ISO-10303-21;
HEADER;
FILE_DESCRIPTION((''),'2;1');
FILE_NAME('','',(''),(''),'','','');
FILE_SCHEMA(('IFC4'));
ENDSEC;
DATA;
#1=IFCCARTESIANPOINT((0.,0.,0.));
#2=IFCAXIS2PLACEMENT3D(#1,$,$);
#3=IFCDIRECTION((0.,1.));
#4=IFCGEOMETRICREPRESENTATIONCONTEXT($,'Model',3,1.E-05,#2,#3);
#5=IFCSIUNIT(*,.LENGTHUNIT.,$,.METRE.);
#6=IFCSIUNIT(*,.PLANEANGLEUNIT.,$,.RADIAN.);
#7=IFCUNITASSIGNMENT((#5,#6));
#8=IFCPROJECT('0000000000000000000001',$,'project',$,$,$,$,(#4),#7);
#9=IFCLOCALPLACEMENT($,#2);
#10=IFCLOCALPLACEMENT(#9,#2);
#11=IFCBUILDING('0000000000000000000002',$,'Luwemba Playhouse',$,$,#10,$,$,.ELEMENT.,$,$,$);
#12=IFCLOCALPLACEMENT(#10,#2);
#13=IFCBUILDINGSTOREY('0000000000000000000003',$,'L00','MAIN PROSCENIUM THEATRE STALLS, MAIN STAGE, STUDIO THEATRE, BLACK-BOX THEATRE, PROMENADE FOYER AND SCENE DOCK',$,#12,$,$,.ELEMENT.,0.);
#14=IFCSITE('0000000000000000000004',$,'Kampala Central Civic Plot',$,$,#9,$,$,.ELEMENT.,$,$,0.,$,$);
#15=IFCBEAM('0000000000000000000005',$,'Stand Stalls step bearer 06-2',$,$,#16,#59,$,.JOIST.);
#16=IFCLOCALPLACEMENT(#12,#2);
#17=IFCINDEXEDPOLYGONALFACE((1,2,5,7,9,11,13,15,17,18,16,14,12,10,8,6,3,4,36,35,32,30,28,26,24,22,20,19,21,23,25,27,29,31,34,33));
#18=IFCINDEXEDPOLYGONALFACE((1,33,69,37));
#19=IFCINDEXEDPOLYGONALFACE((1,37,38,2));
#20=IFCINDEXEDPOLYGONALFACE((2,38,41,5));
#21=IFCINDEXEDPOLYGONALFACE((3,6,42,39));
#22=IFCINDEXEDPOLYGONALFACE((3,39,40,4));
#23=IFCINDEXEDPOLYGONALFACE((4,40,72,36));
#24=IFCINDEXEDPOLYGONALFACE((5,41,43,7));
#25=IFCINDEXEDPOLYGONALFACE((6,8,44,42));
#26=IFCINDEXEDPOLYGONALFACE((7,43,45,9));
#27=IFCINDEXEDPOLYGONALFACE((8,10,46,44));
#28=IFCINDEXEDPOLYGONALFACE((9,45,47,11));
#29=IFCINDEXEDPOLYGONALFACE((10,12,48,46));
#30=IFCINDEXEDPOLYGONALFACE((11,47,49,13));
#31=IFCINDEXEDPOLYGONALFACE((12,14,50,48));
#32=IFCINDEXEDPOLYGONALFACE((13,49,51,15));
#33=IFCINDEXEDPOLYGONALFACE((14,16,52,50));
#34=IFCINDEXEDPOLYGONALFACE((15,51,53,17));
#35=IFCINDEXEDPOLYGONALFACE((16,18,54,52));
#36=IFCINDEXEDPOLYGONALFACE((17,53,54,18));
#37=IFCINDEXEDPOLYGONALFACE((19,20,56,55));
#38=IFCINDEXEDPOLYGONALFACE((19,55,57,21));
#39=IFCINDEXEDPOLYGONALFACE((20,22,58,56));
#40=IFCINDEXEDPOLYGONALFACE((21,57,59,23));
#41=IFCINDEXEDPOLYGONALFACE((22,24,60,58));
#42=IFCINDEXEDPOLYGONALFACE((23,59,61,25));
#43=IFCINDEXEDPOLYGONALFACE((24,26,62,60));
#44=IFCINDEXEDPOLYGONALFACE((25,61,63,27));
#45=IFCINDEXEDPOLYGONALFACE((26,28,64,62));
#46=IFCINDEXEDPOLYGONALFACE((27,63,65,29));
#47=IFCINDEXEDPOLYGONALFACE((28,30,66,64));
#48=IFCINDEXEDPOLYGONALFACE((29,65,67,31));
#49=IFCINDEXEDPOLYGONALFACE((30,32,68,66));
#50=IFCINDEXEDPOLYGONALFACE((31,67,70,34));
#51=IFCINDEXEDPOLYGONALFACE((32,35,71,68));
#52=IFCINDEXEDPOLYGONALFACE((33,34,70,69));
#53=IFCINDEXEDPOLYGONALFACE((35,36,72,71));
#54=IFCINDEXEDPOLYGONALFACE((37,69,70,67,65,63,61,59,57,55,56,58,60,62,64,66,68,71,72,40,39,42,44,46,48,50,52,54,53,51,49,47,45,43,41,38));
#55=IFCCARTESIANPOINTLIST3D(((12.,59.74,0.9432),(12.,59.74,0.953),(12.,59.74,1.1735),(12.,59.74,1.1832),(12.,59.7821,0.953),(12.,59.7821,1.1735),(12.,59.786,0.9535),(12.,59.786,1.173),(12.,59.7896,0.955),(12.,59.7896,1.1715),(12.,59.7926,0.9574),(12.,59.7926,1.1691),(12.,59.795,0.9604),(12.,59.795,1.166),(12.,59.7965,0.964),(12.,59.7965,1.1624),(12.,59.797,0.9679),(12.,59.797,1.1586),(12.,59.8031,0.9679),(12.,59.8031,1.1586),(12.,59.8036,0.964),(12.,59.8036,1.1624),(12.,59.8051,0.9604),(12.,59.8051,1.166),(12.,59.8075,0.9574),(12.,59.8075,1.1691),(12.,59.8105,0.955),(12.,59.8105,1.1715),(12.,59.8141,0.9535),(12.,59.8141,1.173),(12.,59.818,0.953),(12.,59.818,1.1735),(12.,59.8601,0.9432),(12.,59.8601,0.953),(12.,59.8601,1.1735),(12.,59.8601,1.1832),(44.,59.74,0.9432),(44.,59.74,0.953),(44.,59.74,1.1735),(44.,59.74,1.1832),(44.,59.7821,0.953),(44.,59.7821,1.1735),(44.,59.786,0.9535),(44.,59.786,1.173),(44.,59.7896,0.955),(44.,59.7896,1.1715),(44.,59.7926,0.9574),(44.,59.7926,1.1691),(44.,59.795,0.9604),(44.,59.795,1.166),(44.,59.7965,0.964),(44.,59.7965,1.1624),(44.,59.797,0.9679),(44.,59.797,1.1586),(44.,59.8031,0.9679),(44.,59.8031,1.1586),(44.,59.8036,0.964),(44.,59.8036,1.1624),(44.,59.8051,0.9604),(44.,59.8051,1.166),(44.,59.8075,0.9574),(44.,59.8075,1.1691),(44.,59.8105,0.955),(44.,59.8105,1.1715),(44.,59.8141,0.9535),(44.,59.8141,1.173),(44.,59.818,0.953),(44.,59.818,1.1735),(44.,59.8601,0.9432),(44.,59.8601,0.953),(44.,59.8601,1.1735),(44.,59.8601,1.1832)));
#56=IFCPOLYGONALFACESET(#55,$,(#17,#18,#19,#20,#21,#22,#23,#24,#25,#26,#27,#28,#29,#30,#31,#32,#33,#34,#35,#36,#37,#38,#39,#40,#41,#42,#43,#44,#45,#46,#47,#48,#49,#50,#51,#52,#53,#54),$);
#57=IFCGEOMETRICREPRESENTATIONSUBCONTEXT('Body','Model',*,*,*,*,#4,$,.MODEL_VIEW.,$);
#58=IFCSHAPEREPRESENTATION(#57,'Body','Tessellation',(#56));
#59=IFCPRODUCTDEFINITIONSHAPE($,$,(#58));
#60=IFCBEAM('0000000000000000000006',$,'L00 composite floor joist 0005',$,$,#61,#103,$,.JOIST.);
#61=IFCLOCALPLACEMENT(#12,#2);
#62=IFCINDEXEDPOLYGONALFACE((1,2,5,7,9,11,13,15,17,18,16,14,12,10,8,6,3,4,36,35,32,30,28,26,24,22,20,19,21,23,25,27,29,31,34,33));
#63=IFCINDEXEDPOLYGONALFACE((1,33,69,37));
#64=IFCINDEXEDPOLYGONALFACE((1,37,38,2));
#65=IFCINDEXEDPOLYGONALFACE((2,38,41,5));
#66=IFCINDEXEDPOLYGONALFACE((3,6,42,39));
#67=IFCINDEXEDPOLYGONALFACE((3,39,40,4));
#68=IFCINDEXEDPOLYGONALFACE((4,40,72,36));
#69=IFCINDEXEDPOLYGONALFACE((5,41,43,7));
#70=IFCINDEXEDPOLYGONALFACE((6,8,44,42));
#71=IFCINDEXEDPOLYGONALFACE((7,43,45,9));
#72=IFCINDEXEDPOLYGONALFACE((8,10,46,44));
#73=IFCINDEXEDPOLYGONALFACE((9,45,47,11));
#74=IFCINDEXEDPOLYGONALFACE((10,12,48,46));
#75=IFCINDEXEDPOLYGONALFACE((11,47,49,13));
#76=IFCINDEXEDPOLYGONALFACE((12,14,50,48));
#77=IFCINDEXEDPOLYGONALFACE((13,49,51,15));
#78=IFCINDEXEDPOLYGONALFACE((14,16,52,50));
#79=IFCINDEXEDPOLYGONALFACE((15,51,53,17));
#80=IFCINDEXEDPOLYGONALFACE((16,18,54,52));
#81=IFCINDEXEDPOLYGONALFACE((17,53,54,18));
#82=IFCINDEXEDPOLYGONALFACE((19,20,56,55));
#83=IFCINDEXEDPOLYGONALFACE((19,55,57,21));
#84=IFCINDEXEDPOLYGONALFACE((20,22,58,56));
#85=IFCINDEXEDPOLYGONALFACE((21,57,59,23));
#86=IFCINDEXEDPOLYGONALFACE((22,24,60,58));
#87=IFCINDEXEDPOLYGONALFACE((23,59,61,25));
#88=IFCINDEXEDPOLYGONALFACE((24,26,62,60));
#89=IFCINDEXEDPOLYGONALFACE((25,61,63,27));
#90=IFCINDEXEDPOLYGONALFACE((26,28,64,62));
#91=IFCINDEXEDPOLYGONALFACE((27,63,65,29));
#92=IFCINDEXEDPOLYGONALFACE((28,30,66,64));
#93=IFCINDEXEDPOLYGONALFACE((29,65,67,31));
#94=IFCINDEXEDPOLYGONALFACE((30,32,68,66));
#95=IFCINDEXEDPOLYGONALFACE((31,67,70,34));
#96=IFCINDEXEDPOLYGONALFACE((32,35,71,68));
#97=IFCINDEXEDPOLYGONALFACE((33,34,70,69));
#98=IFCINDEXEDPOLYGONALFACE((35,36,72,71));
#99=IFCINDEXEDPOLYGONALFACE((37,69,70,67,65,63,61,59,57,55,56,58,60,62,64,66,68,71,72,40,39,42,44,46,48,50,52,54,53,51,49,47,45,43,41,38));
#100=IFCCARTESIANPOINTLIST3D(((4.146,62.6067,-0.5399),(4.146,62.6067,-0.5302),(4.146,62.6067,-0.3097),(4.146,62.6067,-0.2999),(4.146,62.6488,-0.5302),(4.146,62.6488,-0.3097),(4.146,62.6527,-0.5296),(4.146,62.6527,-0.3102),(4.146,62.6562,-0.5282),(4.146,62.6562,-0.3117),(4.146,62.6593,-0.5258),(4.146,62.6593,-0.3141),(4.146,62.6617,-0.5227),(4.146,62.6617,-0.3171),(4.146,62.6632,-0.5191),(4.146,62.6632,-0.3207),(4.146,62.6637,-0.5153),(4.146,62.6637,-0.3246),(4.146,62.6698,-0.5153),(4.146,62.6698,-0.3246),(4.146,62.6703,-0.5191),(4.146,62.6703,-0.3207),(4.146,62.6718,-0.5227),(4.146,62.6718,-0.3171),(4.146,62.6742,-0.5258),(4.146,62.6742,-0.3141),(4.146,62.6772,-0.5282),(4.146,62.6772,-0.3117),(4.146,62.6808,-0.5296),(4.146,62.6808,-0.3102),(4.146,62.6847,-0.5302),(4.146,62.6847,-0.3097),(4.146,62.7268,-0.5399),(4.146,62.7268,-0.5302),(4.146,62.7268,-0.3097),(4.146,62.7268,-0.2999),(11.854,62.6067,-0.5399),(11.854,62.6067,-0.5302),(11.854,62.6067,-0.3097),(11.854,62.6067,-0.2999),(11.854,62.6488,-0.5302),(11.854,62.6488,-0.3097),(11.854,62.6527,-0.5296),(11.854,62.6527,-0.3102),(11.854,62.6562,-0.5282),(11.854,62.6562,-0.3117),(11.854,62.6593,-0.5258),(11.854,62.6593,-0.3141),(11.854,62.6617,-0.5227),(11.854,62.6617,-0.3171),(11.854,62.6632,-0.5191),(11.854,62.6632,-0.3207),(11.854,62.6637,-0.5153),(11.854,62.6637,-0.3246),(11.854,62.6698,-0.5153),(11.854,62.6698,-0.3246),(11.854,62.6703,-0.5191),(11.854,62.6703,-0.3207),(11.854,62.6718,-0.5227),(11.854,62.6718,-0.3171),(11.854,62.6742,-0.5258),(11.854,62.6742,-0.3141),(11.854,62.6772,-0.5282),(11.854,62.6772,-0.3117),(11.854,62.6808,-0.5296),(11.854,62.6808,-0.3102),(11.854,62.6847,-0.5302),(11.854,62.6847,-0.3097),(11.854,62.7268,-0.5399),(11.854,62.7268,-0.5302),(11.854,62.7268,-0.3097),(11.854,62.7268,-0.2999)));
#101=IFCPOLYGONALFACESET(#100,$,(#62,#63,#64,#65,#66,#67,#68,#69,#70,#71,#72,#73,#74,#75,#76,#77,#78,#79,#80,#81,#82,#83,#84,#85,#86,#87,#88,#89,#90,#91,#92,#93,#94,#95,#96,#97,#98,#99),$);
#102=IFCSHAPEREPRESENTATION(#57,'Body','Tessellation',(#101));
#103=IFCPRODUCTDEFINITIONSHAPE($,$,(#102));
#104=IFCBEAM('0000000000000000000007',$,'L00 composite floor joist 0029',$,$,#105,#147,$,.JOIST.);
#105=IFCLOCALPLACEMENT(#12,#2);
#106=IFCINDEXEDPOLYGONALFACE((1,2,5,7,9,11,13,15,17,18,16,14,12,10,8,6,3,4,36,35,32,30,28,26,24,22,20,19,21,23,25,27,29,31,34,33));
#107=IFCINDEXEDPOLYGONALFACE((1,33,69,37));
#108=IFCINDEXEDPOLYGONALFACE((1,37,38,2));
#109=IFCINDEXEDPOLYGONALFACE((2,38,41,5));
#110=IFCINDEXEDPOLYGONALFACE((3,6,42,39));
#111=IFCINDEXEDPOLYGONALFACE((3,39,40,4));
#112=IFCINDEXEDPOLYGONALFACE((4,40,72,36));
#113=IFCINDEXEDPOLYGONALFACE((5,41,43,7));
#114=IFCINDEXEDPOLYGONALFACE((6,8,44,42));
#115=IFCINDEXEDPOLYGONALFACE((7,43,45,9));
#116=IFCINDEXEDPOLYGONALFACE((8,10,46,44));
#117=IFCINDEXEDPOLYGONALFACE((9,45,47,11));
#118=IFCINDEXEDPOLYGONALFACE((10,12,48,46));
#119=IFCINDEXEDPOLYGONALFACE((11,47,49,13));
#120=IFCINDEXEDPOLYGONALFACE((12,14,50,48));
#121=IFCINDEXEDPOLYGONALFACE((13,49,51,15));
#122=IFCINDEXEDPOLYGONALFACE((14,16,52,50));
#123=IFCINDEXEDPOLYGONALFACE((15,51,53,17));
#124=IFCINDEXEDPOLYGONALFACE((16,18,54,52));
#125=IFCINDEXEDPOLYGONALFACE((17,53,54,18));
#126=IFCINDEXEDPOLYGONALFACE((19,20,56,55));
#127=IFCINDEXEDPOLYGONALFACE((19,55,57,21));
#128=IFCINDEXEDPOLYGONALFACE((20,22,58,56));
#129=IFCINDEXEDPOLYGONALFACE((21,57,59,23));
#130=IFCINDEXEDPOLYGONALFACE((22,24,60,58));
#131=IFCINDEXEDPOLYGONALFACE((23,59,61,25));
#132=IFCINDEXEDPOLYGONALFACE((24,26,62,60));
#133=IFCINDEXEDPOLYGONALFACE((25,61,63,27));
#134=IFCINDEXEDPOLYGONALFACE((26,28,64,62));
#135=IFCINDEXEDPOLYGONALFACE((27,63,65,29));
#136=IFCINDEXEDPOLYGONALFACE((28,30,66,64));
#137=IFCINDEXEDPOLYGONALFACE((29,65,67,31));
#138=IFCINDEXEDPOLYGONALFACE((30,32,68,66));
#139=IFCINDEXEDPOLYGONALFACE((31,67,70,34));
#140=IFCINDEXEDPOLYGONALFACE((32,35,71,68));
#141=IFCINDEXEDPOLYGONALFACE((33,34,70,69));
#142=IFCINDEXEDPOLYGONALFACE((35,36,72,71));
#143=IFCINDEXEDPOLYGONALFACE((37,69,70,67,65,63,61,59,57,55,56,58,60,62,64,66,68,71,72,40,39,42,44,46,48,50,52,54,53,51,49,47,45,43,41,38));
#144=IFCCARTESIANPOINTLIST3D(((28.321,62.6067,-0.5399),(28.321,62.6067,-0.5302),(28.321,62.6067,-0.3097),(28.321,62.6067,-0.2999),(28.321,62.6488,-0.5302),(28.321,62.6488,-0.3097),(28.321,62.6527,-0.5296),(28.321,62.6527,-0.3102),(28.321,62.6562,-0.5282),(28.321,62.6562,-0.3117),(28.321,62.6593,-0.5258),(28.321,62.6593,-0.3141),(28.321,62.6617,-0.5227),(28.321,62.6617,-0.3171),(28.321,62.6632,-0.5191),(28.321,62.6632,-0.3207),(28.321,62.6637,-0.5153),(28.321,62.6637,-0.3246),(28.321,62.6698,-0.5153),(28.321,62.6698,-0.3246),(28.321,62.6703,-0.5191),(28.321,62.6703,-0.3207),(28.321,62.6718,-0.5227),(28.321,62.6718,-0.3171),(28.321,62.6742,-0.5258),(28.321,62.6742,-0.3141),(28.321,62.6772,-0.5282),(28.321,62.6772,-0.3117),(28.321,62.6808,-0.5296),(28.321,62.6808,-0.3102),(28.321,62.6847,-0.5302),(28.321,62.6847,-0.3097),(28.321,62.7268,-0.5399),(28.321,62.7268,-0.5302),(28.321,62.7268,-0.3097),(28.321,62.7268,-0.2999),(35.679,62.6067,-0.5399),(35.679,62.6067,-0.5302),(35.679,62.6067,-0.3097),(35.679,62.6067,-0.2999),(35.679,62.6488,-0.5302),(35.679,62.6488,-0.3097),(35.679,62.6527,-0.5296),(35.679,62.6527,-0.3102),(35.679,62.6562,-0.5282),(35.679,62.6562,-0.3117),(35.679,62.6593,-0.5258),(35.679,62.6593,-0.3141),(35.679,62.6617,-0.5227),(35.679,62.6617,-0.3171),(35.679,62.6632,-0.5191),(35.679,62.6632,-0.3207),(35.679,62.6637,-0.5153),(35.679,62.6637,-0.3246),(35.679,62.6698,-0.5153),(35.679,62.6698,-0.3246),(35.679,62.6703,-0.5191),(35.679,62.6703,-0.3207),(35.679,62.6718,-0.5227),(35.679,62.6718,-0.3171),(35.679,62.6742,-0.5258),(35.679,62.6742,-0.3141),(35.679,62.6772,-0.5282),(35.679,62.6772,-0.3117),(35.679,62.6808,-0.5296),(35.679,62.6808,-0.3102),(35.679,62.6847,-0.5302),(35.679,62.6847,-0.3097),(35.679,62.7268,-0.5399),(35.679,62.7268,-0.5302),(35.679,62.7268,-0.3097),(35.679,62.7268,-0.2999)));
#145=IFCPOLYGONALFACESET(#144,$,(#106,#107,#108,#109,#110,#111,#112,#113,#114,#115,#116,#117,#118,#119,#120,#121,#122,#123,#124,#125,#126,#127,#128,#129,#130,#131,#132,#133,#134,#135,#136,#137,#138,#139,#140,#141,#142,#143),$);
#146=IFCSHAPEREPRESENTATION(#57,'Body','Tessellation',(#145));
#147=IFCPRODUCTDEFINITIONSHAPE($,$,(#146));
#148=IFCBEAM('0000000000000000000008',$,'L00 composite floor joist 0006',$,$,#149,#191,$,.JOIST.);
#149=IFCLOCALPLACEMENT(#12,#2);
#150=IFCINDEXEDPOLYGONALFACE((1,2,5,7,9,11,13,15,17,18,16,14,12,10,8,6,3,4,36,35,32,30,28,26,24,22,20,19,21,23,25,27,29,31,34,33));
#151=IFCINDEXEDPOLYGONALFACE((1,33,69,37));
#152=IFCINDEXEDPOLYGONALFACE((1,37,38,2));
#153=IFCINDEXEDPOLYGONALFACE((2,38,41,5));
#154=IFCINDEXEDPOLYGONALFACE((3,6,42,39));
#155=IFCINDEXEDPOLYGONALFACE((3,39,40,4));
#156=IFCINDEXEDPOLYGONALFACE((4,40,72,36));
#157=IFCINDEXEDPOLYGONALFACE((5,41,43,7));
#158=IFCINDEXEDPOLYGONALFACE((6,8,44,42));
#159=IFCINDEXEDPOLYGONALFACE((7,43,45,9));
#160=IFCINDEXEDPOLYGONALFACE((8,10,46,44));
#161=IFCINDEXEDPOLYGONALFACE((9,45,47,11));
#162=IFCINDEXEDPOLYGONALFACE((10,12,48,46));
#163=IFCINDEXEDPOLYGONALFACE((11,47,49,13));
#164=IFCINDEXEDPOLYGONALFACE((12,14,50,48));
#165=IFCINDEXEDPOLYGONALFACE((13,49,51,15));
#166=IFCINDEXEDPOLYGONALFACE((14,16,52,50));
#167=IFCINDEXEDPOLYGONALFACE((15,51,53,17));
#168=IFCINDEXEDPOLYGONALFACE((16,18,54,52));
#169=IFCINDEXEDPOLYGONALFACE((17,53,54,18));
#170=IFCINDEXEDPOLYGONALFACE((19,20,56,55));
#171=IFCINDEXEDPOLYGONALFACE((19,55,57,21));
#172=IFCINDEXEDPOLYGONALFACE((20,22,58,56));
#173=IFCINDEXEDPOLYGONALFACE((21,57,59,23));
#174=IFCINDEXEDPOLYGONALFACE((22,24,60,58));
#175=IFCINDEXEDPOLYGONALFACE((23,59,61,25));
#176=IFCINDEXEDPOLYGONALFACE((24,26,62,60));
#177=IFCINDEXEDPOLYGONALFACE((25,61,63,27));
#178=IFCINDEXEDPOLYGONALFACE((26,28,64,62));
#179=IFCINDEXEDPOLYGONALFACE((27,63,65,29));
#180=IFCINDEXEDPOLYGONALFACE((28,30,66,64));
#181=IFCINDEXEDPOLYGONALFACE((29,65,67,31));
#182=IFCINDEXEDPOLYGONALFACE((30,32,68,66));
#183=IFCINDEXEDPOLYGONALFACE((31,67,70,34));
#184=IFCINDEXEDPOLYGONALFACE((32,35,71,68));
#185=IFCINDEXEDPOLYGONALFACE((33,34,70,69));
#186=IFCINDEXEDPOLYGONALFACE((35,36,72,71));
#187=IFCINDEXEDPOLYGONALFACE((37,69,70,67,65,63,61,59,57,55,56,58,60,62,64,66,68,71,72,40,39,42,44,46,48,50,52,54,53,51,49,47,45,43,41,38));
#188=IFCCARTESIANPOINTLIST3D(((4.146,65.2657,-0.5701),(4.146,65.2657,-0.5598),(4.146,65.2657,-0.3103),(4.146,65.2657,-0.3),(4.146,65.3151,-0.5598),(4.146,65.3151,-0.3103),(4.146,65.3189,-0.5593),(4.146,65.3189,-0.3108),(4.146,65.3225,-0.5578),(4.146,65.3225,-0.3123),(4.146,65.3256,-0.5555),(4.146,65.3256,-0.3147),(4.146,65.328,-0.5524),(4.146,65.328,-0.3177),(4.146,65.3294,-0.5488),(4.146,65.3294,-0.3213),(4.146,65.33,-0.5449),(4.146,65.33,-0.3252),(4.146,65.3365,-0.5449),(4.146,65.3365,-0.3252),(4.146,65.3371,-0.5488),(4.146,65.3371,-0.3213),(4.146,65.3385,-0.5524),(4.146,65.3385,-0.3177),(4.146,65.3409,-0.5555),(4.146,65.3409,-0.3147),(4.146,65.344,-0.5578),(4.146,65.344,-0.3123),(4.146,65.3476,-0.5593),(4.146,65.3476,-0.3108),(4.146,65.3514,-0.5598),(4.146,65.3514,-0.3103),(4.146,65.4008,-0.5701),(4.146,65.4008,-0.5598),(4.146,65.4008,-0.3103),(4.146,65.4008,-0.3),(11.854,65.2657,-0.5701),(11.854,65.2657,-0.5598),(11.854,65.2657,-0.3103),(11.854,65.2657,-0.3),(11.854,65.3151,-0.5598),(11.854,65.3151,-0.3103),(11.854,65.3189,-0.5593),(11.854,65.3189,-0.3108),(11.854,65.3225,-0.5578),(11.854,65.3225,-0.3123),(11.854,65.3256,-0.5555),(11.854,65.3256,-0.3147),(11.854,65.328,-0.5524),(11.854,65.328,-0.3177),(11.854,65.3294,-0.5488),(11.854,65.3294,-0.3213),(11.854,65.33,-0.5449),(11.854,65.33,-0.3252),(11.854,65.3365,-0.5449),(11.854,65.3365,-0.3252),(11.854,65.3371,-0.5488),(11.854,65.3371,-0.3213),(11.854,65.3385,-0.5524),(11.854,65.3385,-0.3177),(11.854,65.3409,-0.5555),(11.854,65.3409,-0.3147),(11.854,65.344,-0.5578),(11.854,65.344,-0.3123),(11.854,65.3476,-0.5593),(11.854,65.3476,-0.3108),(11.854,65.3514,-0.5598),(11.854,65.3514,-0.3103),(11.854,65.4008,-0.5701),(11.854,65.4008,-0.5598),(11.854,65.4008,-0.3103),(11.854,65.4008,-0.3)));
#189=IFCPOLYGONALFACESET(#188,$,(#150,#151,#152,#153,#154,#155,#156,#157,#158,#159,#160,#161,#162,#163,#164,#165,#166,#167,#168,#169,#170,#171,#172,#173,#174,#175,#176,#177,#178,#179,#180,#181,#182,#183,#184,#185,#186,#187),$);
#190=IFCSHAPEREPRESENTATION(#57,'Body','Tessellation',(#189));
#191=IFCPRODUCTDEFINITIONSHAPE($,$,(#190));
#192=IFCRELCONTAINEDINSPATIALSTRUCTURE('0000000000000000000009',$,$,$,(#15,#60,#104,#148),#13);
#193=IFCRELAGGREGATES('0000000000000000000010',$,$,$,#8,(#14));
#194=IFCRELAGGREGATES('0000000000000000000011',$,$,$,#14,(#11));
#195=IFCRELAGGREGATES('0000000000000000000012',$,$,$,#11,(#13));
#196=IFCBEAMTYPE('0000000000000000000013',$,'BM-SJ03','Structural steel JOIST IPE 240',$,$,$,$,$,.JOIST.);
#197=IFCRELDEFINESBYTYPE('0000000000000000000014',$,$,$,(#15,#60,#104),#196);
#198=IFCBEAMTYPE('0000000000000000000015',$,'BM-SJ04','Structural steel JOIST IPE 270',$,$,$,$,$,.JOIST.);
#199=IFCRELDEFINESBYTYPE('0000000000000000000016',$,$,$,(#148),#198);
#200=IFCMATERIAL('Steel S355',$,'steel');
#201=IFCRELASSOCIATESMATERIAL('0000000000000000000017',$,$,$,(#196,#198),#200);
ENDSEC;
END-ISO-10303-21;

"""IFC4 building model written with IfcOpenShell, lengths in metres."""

from ifc_helpers import new_model, si_unit, direction, frame, origin, origin_2d, place, context, subcontext, project, spatial, i_section, extrude, material, material_profile, profile_set, type_object, element, save


model = new_model("IFC4")

# Units and contexts
model_context = context("Model", 3, precision=1e-05, world=origin(), true_north=direction((0.0, 1.0)))
body_context = subcontext(model_context, "Body", "Model", "MODEL_VIEW")
ifc_project = project(units=[si_unit("LENGTHUNIT", "METRE"), si_unit("PLANEANGLEUNIT", "RADIAN")], contexts=[model_context])

# Site, building, storey
site_placement = place(None, origin())
site = spatial("IfcSite", under=ifc_project, at=site_placement, Name="Kampala Central Civic Plot", CompositionType="ELEMENT", RefElevation=0.0)
building_placement = place(site_placement, origin())
building = spatial("IfcBuilding", under=site, at=building_placement, Name="Luwemba Playhouse", CompositionType="ELEMENT")
storey_placement = place(building_placement, origin())
storey = spatial("IfcBuildingStorey", under=building, at=storey_placement, Name="L00", Description="MAIN PROSCENIUM THEATRE STALLS, MAIN STAGE, STUDIO THEATRE, BLACK-BOX THEATRE, PROMENADE FOYER AND SCENE DOCK", CompositionType="ELEMENT", Elevation=0.0)

# Beams
ifc_material_1 = material(Name="Steel S355", Category="steel")
ifc_material_profile_1 = material_profile(ifc_material_1, i_section(OverallWidth=0.1201, OverallDepth=0.24, WebThickness=0.0061, FlangeThickness=0.0098, FilletRadius=0.0149, at=origin_2d()))
ifc_profile_set_1 = profile_set([ifc_material_profile_1], Name="Steel S355")
beam_type_1 = type_object("IfcBeamType", Name="BM-SJ03", Description="Structural steel JOIST IPE 240", PredefinedType="JOIST", material=ifc_profile_set_1)
for number, where, z_axis, x_axis, name in (
    (1, (12.0, 59.8, 1.0632), (1.0, 0.0, 0.0), (0.0, 1.0, 0.0), "Stand Stalls step bearer 06-2"),
):
    element("IfcBeam", number, at=place(storey_placement, frame(where, z_axis=z_axis, x_axis=x_axis)), inside=storey, type_object=beam_type_1, Name=name, PredefinedType="JOIST", context=body_context, shape_type="SweptSolid", body=[
        extrude(i_section(OverallWidth=0.1201, OverallDepth=0.24, WebThickness=0.0061, FlangeThickness=0.0098, FilletRadius=0.0149, at=origin_2d()), origin(), (0.0, 0.0, 1.0), 32.0),
    ])
beam_1_placement = place(storey_placement, frame((4.146, 62.6667, -0.4199), z_axis=(1.0, 0.0, 0.0), x_axis=(0.0, 1.0, 0.0)))
element("IfcBeam", 2, at=beam_1_placement, inside=storey, type_object=beam_type_1, Name="L00 composite floor joist 0005", PredefinedType="JOIST", context=body_context, shape_type="SweptSolid", body=[
    extrude(i_section(OverallWidth=0.1201, OverallDepth=0.24, WebThickness=0.0061, FlangeThickness=0.0098, FilletRadius=0.0149, at=origin_2d()), origin(), (0.0, 0.0, 1.0), 7.708),
])
beam_2_placement = place(storey_placement, frame((28.321, 62.6667, -0.4199), z_axis=(1.0, 0.0, 0.0), x_axis=(0.0, 1.0, 0.0)))
element("IfcBeam", 3, at=beam_2_placement, inside=storey, type_object=beam_type_1, Name="L00 composite floor joist 0029", PredefinedType="JOIST", context=body_context, shape_type="SweptSolid", body=[
    extrude(i_section(OverallWidth=0.1201, OverallDepth=0.24, WebThickness=0.0061, FlangeThickness=0.0098, FilletRadius=0.0149, at=origin_2d()), origin(), (0.0, 0.0, 1.0), 7.3579),
])
ifc_material_profile_2 = material_profile(ifc_material_1, i_section(OverallWidth=0.135, OverallDepth=0.27, WebThickness=0.0066, FlangeThickness=0.0103, FilletRadius=0.0149, at=origin_2d()))
ifc_profile_set_2 = profile_set([ifc_material_profile_2], Name="Steel S355")
beam_type_2 = type_object("IfcBeamType", Name="BM-SJ04", Description="Structural steel JOIST IPE 270", PredefinedType="JOIST", material=ifc_profile_set_2)
beam_3_placement = place(storey_placement, frame((4.146, 65.3333, -0.4351), z_axis=(1.0, 0.0, 0.0), x_axis=(0.0, 1.0, 0.0)))
element("IfcBeam", 4, at=beam_3_placement, inside=storey, type_object=beam_type_2, Name="L00 composite floor joist 0006", PredefinedType="JOIST", context=body_context, shape_type="SweptSolid", body=[
    extrude(i_section(OverallWidth=0.135, OverallDepth=0.27, WebThickness=0.0066, FlangeThickness=0.0103, FilletRadius=0.0149, at=origin_2d()), origin(), (0.0, 0.0, 1.0), 7.708),
])

save(model, "model.ifc")
